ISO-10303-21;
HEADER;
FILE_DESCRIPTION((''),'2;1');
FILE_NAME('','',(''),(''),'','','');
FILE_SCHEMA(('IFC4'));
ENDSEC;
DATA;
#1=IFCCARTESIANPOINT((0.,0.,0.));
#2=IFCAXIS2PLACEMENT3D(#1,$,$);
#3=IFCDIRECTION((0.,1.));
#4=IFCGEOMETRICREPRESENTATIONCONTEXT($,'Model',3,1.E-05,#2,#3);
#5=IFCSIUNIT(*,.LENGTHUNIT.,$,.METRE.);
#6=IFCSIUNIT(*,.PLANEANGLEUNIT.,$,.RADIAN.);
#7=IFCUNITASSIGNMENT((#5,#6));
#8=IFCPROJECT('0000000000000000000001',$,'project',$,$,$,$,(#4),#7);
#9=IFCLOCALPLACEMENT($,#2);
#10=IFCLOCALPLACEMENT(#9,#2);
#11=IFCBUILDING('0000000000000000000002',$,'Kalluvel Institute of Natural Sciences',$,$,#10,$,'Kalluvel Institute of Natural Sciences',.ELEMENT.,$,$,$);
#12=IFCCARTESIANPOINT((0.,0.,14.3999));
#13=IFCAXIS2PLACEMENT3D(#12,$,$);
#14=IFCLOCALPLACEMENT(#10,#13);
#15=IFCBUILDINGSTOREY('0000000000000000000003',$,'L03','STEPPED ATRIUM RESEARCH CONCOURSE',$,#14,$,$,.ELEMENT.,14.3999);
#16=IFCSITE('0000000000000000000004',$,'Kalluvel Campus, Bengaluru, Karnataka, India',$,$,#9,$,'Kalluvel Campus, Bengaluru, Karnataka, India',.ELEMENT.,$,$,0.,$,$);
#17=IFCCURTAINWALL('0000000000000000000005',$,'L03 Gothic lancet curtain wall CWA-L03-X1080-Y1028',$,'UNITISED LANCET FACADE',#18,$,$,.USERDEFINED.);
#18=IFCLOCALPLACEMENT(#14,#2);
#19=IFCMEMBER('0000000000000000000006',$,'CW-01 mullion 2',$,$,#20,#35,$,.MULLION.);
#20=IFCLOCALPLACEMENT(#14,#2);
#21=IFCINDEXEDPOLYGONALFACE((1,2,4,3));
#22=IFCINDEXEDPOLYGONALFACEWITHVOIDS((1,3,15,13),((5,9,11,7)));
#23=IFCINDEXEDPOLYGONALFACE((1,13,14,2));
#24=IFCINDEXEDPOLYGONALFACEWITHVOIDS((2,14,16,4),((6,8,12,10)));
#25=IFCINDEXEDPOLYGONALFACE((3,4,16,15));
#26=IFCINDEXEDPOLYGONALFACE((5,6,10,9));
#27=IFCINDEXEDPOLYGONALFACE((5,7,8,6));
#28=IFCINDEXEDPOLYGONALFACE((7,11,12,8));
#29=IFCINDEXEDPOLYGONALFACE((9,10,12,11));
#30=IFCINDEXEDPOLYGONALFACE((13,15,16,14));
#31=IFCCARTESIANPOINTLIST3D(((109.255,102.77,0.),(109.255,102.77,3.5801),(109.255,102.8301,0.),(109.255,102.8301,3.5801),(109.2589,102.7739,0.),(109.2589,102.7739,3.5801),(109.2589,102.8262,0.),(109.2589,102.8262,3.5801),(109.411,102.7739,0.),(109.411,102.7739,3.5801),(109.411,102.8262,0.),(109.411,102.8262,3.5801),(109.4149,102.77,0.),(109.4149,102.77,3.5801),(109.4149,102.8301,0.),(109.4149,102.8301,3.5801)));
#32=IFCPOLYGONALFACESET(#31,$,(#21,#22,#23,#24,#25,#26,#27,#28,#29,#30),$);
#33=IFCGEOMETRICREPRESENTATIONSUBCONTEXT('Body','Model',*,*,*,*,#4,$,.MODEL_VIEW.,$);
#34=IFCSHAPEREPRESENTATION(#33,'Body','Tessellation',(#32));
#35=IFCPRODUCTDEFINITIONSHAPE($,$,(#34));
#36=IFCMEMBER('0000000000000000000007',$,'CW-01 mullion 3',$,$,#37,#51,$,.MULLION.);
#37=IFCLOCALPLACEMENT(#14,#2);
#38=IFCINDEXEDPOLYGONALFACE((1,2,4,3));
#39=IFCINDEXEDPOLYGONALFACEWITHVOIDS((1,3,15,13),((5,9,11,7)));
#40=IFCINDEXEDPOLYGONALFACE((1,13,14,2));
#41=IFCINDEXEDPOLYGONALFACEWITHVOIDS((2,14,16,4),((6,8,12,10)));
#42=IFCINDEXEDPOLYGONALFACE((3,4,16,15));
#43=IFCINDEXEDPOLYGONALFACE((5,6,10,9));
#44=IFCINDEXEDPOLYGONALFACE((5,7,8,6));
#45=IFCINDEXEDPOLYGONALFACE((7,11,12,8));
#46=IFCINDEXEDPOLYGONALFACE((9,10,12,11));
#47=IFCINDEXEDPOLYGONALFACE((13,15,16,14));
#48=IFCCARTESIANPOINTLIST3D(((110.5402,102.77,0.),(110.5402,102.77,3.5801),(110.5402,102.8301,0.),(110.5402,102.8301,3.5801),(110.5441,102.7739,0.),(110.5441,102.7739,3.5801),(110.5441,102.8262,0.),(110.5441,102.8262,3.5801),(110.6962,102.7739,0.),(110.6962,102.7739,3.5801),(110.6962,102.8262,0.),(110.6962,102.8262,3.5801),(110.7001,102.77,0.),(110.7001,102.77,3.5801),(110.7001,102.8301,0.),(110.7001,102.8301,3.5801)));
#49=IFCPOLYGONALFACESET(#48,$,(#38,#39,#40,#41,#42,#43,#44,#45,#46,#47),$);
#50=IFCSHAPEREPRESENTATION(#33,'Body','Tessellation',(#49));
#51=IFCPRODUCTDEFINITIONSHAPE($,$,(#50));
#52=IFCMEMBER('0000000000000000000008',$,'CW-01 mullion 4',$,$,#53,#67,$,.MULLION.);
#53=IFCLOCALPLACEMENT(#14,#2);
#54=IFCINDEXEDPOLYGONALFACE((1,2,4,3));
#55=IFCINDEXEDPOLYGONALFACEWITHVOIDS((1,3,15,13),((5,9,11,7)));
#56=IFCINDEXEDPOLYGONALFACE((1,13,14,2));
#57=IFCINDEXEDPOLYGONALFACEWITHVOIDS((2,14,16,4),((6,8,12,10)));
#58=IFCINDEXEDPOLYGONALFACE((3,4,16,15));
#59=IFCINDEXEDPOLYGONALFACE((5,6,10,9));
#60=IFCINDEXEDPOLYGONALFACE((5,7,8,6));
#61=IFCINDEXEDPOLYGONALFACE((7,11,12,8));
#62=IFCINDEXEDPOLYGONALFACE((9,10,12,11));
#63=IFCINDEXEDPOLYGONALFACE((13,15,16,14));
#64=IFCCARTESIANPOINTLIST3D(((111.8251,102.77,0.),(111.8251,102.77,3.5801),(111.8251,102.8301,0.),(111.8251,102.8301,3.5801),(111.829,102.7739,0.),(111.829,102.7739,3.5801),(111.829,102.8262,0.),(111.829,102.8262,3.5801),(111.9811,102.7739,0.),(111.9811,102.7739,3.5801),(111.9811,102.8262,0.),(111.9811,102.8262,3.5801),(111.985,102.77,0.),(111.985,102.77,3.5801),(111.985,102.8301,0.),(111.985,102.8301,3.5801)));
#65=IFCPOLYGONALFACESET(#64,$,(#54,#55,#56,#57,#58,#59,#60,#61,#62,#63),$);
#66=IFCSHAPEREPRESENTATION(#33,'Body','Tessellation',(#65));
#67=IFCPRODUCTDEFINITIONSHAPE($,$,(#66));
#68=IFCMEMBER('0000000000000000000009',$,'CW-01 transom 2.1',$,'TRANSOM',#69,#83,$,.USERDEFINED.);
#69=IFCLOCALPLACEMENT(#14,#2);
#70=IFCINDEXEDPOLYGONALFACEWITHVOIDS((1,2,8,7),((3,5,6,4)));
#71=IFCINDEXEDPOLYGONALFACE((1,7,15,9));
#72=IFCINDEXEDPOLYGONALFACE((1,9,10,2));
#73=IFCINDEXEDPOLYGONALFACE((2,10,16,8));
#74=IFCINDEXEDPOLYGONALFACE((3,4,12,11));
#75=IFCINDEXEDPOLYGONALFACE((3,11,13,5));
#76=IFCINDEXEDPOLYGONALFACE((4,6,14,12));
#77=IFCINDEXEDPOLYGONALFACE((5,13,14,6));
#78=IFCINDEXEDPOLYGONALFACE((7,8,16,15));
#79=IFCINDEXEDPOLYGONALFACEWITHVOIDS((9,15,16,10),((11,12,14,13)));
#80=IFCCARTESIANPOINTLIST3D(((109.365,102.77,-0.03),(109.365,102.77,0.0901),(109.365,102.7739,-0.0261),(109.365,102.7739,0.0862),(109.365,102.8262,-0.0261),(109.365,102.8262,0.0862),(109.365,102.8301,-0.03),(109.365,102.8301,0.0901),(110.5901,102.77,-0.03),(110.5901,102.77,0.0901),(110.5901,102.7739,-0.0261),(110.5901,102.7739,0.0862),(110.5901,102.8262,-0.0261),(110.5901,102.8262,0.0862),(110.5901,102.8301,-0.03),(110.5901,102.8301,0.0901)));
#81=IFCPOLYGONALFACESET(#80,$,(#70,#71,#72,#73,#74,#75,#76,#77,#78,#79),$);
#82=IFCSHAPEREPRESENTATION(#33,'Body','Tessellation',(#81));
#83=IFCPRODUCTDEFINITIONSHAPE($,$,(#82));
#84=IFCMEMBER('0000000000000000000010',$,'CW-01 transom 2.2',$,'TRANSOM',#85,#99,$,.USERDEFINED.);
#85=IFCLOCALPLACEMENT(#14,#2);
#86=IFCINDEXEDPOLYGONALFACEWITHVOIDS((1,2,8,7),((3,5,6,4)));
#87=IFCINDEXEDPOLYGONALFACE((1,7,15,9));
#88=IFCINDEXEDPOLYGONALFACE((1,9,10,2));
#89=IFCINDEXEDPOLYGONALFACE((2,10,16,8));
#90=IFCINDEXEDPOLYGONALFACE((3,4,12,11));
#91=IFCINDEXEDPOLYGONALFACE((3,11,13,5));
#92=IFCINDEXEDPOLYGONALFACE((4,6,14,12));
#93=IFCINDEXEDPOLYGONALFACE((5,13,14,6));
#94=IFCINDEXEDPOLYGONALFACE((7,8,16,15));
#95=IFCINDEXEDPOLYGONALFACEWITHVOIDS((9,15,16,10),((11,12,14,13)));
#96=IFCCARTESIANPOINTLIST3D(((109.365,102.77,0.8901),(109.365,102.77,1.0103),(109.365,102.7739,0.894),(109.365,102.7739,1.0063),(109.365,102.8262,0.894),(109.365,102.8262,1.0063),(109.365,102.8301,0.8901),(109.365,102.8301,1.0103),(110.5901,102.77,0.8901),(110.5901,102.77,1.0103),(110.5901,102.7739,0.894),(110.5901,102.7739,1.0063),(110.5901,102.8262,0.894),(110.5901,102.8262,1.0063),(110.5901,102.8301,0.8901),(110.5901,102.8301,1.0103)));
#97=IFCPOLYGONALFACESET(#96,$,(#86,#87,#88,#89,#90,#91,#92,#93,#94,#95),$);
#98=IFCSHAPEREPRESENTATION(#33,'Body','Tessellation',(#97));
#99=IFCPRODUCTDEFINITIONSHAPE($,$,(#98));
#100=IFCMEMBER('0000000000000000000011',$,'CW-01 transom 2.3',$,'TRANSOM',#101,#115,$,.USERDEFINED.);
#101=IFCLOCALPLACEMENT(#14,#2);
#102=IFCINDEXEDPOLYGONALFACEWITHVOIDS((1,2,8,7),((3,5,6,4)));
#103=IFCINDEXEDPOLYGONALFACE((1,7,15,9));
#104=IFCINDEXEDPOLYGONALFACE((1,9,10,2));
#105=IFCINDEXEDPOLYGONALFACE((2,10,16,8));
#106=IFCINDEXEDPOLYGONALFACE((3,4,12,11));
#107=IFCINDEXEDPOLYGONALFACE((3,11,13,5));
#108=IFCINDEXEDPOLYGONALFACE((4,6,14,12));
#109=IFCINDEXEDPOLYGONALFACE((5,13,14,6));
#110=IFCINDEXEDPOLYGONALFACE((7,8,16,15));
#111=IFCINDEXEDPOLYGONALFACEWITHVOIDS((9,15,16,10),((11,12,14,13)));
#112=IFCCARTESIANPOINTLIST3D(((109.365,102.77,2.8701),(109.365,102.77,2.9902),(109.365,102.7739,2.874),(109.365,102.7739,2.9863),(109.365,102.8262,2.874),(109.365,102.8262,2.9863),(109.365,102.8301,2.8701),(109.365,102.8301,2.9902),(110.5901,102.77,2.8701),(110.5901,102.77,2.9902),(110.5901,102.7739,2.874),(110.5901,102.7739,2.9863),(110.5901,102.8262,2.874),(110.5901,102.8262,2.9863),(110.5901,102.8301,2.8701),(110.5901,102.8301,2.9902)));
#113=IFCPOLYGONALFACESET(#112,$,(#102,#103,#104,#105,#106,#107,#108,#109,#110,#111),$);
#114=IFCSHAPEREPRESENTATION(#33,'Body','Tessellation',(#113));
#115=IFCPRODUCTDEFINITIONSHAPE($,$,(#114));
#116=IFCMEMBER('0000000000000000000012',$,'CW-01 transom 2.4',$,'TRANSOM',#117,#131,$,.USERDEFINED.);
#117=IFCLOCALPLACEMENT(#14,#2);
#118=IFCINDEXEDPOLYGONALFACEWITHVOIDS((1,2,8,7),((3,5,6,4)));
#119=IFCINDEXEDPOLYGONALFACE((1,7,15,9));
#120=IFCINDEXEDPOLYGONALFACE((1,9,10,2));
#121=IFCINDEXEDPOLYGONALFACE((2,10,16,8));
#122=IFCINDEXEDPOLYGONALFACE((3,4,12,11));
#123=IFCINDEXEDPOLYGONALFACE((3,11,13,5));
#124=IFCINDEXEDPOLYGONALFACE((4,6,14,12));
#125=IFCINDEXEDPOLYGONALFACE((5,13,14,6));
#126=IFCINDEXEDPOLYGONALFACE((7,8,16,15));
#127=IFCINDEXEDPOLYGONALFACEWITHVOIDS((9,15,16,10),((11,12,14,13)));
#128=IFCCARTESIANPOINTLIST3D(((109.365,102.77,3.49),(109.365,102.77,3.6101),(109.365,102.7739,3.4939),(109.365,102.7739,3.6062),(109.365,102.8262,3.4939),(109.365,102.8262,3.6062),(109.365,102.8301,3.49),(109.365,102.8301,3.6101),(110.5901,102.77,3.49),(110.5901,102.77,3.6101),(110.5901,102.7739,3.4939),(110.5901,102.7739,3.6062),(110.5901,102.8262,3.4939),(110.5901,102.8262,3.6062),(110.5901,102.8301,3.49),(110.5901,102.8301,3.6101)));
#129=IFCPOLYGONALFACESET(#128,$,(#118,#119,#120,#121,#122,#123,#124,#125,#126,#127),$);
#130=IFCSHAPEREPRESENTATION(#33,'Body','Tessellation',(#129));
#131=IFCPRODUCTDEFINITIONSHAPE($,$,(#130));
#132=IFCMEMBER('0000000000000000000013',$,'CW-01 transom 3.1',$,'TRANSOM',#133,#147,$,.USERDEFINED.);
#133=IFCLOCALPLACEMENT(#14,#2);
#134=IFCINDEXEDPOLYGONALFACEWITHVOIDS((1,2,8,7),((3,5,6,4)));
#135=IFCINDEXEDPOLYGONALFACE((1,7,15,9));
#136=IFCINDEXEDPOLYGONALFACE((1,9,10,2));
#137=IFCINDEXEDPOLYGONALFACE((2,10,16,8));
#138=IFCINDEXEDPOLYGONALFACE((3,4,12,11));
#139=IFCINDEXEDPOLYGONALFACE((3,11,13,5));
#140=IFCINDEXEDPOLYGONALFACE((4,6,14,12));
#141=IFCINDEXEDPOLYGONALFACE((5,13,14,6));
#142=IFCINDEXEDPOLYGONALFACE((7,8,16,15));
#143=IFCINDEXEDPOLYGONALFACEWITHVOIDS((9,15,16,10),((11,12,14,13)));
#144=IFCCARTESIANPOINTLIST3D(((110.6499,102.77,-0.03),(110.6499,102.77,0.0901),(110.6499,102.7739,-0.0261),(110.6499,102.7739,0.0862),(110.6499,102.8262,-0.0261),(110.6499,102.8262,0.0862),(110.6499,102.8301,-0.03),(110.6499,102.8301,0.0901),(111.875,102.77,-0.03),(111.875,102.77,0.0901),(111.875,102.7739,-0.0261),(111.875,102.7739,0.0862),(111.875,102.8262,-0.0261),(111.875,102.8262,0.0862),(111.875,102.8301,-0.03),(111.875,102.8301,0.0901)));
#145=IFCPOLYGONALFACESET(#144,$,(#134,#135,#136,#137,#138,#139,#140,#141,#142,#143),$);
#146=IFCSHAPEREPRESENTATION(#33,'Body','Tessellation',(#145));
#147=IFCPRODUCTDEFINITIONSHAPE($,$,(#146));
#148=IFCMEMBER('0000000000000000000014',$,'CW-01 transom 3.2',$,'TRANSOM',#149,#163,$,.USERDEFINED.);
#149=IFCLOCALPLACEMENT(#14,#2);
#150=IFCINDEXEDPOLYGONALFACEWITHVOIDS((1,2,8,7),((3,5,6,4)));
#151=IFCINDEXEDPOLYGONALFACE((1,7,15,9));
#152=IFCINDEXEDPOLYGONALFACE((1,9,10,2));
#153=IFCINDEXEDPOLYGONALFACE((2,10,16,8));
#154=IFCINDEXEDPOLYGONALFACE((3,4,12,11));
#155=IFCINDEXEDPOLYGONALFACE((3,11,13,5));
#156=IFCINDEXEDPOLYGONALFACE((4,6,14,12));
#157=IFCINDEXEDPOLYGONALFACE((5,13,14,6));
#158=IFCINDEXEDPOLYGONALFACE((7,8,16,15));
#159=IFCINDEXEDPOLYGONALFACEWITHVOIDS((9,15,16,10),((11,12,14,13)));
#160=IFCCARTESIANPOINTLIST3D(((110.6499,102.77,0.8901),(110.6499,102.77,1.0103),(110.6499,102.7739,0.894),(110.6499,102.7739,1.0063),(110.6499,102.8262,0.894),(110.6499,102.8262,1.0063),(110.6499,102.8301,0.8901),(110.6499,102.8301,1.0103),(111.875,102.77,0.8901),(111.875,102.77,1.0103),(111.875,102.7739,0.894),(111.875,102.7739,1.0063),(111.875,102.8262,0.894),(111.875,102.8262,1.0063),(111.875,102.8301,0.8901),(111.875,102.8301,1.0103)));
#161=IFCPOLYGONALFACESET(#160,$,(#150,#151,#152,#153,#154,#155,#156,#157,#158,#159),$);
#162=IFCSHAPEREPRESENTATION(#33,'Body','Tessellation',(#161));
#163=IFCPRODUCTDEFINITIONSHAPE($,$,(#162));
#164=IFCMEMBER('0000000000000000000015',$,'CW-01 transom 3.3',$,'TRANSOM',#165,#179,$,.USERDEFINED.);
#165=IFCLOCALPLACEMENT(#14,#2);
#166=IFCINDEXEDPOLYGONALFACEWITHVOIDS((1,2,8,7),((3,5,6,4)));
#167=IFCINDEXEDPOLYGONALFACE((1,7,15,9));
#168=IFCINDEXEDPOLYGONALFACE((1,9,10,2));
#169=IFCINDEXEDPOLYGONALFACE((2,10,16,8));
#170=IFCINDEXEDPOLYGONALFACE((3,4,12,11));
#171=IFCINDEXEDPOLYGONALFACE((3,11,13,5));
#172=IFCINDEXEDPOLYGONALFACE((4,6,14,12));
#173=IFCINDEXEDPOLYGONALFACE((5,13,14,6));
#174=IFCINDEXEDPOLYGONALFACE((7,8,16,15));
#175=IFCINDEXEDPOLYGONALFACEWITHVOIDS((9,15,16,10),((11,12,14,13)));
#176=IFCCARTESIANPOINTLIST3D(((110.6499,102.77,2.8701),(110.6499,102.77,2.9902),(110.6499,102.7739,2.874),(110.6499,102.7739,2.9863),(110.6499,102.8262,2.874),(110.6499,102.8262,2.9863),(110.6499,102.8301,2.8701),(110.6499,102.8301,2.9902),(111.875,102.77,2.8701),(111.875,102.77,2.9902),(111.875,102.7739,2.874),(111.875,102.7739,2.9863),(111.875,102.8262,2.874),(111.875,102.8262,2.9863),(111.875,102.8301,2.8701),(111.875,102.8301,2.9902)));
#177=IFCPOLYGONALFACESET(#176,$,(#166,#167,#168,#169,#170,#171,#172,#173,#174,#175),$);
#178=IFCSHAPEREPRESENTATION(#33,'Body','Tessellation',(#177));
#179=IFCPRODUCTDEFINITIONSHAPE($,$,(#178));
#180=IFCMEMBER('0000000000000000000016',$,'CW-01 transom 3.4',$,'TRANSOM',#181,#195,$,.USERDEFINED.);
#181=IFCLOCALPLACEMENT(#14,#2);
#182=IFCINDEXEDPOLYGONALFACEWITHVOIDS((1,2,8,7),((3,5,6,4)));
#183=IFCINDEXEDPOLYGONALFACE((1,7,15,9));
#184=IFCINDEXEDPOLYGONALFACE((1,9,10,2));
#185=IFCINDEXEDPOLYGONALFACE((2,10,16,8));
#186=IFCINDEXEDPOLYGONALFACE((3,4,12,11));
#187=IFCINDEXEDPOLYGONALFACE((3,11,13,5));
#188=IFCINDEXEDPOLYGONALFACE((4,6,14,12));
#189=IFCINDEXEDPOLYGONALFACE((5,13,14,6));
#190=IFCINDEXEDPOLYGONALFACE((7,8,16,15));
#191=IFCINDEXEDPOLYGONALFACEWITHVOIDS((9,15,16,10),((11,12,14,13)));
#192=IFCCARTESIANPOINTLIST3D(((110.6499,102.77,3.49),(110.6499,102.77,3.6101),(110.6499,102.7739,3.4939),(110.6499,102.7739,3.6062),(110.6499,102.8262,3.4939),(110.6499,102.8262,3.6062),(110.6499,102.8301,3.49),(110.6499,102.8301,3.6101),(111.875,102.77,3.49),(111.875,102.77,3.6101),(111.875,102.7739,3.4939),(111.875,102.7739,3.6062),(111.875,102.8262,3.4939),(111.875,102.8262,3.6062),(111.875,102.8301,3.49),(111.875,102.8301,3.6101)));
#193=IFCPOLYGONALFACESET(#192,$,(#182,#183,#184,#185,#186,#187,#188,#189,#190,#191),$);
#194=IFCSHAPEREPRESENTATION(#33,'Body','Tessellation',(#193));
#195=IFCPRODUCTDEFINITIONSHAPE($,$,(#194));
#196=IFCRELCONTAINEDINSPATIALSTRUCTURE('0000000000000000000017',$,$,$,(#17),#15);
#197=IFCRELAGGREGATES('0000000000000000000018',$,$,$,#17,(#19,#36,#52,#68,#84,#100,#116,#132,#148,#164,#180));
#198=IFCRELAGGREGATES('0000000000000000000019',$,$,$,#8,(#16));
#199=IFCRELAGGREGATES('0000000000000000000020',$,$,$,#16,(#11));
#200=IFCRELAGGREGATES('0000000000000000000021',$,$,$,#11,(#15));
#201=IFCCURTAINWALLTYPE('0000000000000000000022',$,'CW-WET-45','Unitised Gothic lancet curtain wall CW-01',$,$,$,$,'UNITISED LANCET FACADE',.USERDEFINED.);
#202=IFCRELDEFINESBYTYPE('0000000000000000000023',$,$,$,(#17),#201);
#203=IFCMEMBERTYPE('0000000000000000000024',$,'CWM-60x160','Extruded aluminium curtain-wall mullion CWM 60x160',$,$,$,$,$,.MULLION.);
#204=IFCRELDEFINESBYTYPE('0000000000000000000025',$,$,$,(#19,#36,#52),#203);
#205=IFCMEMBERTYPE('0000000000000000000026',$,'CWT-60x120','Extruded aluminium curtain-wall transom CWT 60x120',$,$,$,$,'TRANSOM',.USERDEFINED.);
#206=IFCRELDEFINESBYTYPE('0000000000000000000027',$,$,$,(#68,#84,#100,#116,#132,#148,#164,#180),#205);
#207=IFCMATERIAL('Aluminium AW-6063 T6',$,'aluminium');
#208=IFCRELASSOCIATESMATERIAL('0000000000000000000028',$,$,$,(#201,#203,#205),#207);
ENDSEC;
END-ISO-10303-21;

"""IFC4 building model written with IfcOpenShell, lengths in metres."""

from ifc_helpers import new_model, si_unit, direction, frame, origin, origin_2d, place, context, subcontext, project, spatial, hollow_rectangle, extrude, material, material_profile, profile_set, type_object, element, aggregate, save


model = new_model("IFC4")

# Units and contexts
model_context = context("Model", 3, precision=1e-05, world=origin(), true_north=direction((0.0, 1.0)))
body_context = subcontext(model_context, "Body", "Model", "MODEL_VIEW")
ifc_project = project(units=[si_unit("LENGTHUNIT", "METRE"), si_unit("PLANEANGLEUNIT", "RADIAN")], contexts=[model_context])

# Site, building, storey
site_placement = place(None, origin())
site = spatial("IfcSite", under=ifc_project, at=site_placement, Name="Kalluvel Campus, Bengaluru, Karnataka, India", LongName="Kalluvel Campus, Bengaluru, Karnataka, India", CompositionType="ELEMENT", RefElevation=0.0)
building_placement = place(site_placement, origin())
building = spatial("IfcBuilding", under=site, at=building_placement, Name="Kalluvel Institute of Natural Sciences", LongName="Kalluvel Institute of Natural Sciences", CompositionType="ELEMENT")
storey_placement = place(building_placement, frame((0.0, 0.0, 14.3999)))
storey = spatial("IfcBuildingStorey", under=building, at=storey_placement, Name="L03", Description="STEPPED ATRIUM RESEARCH CONCOURSE", CompositionType="ELEMENT", Elevation=14.3999)

# Curtain wall, members
ifc_material_1 = material(Name="Aluminium AW-6063 T6", Category="aluminium")
curtain_wall_type = type_object("IfcCurtainWallType", Name="CW-WET-45", Description="Unitised Gothic lancet curtain wall CW-01", ElementType="UNITISED LANCET FACADE", PredefinedType="USERDEFINED", material=ifc_material_1)
curtain_wall_placement = place(storey_placement, origin())
curtain_wall = element("IfcCurtainWall", 1, at=curtain_wall_placement, inside=storey, type_object=curtain_wall_type, Name="L03 Gothic lancet curtain wall CWA-L03-X1080-Y1028", ObjectType="UNITISED LANCET FACADE", PredefinedType="USERDEFINED")
ifc_material_profile_1 = material_profile(ifc_material_1, hollow_rectangle(XDim=0.0601, YDim=0.1599, WallThickness=0.0039, at=origin_2d()), Name="CWM 60x160")
ifc_profile_set_1 = profile_set([ifc_material_profile_1], Name="Aluminium AW-6063 T6")
member_type_1 = type_object("IfcMemberType", Name="CWM-60x160", Description="Extruded aluminium curtain-wall mullion CWM 60x160", PredefinedType="MULLION", material=ifc_profile_set_1)
member_1_placement = place(storey_placement, frame((109.335, 102.8, 0.0), z_axis=(0.0, 0.0, 1.0), x_axis=(0.0, 1.0, 0.0)))
member_1 = element("IfcMember", 2, at=member_1_placement, type_object=member_type_1, Name="CW-01 mullion 2", PredefinedType="MULLION", context=body_context, shape_type="SweptSolid", body=[
    extrude(hollow_rectangle(XDim=0.0601, YDim=0.1599, WallThickness=0.0039, at=origin_2d()), origin(), (0.0, 0.0, 1.0), 3.5801),
])
member_2_placement = place(storey_placement, frame((110.6201, 102.8, 0.0), z_axis=(0.0, 0.0, 1.0), x_axis=(0.0, 1.0, 0.0)))
member_2 = element("IfcMember", 3, at=member_2_placement, type_object=member_type_1, Name="CW-01 mullion 3", PredefinedType="MULLION", context=body_context, shape_type="SweptSolid", body=[
    extrude(hollow_rectangle(XDim=0.0601, YDim=0.1599, WallThickness=0.0039, at=origin_2d()), origin(), (0.0, 0.0, 1.0), 3.5801),
])
member_3_placement = place(storey_placement, frame((111.905, 102.8, 0.0), z_axis=(0.0, 0.0, 1.0), x_axis=(0.0, 1.0, 0.0)))
member_3 = element("IfcMember", 4, at=member_3_placement, type_object=member_type_1, Name="CW-01 mullion 4", PredefinedType="MULLION", context=body_context, shape_type="SweptSolid", body=[
    extrude(hollow_rectangle(XDim=0.0601, YDim=0.1599, WallThickness=0.0039, at=origin_2d()), origin(), (0.0, 0.0, 1.0), 3.5801),
])
ifc_material_profile_2 = material_profile(ifc_material_1, hollow_rectangle(XDim=0.0601, YDim=0.1201, WallThickness=0.0039, at=origin_2d()), Name="CWT 60x120")
ifc_profile_set_2 = profile_set([ifc_material_profile_2], Name="Aluminium AW-6063 T6")
member_type_2 = type_object("IfcMemberType", Name="CWT-60x120", Description="Extruded aluminium curtain-wall transom CWT 60x120", ElementType="TRANSOM", PredefinedType="USERDEFINED", material=ifc_profile_set_2)
member_4_placement = place(storey_placement, frame((109.365, 102.8, 0.03), z_axis=(1.0, 0.0, 0.0), x_axis=(0.0, 1.0, 0.0)))
member_4 = element("IfcMember", 5, at=member_4_placement, type_object=member_type_2, Name="CW-01 transom 2.1", ObjectType="TRANSOM", PredefinedType="USERDEFINED", context=body_context, shape_type="SweptSolid", body=[
    extrude(hollow_rectangle(XDim=0.0601, YDim=0.1201, WallThickness=0.0039, at=origin_2d()), origin(), (0.0, 0.0, 1.0), 1.2251),
])
member_5_placement = place(storey_placement, frame((109.365, 102.8, 0.9502), z_axis=(1.0, 0.0, 0.0), x_axis=(0.0, 1.0, 0.0)))
member_5 = element("IfcMember", 6, at=member_5_placement, type_object=member_type_2, Name="CW-01 transom 2.2", ObjectType="TRANSOM", PredefinedType="USERDEFINED", context=body_context, shape_type="SweptSolid", body=[
    extrude(hollow_rectangle(XDim=0.0601, YDim=0.1201, WallThickness=0.0039, at=origin_2d()), origin(), (0.0, 0.0, 1.0), 1.2251),
])
member_6_placement = place(storey_placement, frame((109.365, 102.8, 2.9302), z_axis=(1.0, 0.0, 0.0), x_axis=(0.0, 1.0, 0.0)))
member_6 = element("IfcMember", 7, at=member_6_placement, type_object=member_type_2, Name="CW-01 transom 2.3", ObjectType="TRANSOM", PredefinedType="USERDEFINED", context=body_context, shape_type="SweptSolid", body=[
    extrude(hollow_rectangle(XDim=0.0601, YDim=0.1201, WallThickness=0.0039, at=origin_2d()), origin(), (0.0, 0.0, 1.0), 1.2251),
])
member_7_placement = place(storey_placement, frame((109.365, 102.8, 3.55), z_axis=(1.0, 0.0, 0.0), x_axis=(0.0, 1.0, 0.0)))
member_7 = element("IfcMember", 8, at=member_7_placement, type_object=member_type_2, Name="CW-01 transom 2.4", ObjectType="TRANSOM", PredefinedType="USERDEFINED", context=body_context, shape_type="SweptSolid", body=[
    extrude(hollow_rectangle(XDim=0.0601, YDim=0.1201, WallThickness=0.0039, at=origin_2d()), origin(), (0.0, 0.0, 1.0), 1.2251),
])
member_8_placement = place(storey_placement, frame((110.6499, 102.8, 0.03), z_axis=(1.0, 0.0, 0.0), x_axis=(0.0, 1.0, 0.0)))
member_8 = element("IfcMember", 9, at=member_8_placement, type_object=member_type_2, Name="CW-01 transom 3.1", ObjectType="TRANSOM", PredefinedType="USERDEFINED", context=body_context, shape_type="SweptSolid", body=[
    extrude(hollow_rectangle(XDim=0.0601, YDim=0.1201, WallThickness=0.0039, at=origin_2d()), origin(), (0.0, 0.0, 1.0), 1.2251),
])
member_9_placement = place(storey_placement, frame((110.6499, 102.8, 0.9502), z_axis=(1.0, 0.0, 0.0), x_axis=(0.0, 1.0, 0.0)))
member_9 = element("IfcMember", 10, at=member_9_placement, type_object=member_type_2, Name="CW-01 transom 3.2", ObjectType="TRANSOM", PredefinedType="USERDEFINED", context=body_context, shape_type="SweptSolid", body=[
    extrude(hollow_rectangle(XDim=0.0601, YDim=0.1201, WallThickness=0.0039, at=origin_2d()), origin(), (0.0, 0.0, 1.0), 1.2251),
])
member_10_placement = place(storey_placement, frame((110.6499, 102.8, 2.9302), z_axis=(1.0, 0.0, 0.0), x_axis=(0.0, 1.0, 0.0)))
member_10 = element("IfcMember", 11, at=member_10_placement, type_object=member_type_2, Name="CW-01 transom 3.3", ObjectType="TRANSOM", PredefinedType="USERDEFINED", context=body_context, shape_type="SweptSolid", body=[
    extrude(hollow_rectangle(XDim=0.0601, YDim=0.1201, WallThickness=0.0039, at=origin_2d()), origin(), (0.0, 0.0, 1.0), 1.2251),
])
member_11_placement = place(storey_placement, frame((110.6499, 102.8, 3.55), z_axis=(1.0, 0.0, 0.0), x_axis=(0.0, 1.0, 0.0)))
member_11 = element("IfcMember", 12, at=member_11_placement, type_object=member_type_2, Name="CW-01 transom 3.4", ObjectType="TRANSOM", PredefinedType="USERDEFINED", context=body_context, shape_type="SweptSolid", body=[
    extrude(hollow_rectangle(XDim=0.0601, YDim=0.1201, WallThickness=0.0039, at=origin_2d()), origin(), (0.0, 0.0, 1.0), 1.2251),
])

aggregate(curtain_wall, [member_1, member_2, member_3, member_4, member_5, member_6, member_7, member_8, member_9, member_10, member_11])

save(model, "model.ifc")
